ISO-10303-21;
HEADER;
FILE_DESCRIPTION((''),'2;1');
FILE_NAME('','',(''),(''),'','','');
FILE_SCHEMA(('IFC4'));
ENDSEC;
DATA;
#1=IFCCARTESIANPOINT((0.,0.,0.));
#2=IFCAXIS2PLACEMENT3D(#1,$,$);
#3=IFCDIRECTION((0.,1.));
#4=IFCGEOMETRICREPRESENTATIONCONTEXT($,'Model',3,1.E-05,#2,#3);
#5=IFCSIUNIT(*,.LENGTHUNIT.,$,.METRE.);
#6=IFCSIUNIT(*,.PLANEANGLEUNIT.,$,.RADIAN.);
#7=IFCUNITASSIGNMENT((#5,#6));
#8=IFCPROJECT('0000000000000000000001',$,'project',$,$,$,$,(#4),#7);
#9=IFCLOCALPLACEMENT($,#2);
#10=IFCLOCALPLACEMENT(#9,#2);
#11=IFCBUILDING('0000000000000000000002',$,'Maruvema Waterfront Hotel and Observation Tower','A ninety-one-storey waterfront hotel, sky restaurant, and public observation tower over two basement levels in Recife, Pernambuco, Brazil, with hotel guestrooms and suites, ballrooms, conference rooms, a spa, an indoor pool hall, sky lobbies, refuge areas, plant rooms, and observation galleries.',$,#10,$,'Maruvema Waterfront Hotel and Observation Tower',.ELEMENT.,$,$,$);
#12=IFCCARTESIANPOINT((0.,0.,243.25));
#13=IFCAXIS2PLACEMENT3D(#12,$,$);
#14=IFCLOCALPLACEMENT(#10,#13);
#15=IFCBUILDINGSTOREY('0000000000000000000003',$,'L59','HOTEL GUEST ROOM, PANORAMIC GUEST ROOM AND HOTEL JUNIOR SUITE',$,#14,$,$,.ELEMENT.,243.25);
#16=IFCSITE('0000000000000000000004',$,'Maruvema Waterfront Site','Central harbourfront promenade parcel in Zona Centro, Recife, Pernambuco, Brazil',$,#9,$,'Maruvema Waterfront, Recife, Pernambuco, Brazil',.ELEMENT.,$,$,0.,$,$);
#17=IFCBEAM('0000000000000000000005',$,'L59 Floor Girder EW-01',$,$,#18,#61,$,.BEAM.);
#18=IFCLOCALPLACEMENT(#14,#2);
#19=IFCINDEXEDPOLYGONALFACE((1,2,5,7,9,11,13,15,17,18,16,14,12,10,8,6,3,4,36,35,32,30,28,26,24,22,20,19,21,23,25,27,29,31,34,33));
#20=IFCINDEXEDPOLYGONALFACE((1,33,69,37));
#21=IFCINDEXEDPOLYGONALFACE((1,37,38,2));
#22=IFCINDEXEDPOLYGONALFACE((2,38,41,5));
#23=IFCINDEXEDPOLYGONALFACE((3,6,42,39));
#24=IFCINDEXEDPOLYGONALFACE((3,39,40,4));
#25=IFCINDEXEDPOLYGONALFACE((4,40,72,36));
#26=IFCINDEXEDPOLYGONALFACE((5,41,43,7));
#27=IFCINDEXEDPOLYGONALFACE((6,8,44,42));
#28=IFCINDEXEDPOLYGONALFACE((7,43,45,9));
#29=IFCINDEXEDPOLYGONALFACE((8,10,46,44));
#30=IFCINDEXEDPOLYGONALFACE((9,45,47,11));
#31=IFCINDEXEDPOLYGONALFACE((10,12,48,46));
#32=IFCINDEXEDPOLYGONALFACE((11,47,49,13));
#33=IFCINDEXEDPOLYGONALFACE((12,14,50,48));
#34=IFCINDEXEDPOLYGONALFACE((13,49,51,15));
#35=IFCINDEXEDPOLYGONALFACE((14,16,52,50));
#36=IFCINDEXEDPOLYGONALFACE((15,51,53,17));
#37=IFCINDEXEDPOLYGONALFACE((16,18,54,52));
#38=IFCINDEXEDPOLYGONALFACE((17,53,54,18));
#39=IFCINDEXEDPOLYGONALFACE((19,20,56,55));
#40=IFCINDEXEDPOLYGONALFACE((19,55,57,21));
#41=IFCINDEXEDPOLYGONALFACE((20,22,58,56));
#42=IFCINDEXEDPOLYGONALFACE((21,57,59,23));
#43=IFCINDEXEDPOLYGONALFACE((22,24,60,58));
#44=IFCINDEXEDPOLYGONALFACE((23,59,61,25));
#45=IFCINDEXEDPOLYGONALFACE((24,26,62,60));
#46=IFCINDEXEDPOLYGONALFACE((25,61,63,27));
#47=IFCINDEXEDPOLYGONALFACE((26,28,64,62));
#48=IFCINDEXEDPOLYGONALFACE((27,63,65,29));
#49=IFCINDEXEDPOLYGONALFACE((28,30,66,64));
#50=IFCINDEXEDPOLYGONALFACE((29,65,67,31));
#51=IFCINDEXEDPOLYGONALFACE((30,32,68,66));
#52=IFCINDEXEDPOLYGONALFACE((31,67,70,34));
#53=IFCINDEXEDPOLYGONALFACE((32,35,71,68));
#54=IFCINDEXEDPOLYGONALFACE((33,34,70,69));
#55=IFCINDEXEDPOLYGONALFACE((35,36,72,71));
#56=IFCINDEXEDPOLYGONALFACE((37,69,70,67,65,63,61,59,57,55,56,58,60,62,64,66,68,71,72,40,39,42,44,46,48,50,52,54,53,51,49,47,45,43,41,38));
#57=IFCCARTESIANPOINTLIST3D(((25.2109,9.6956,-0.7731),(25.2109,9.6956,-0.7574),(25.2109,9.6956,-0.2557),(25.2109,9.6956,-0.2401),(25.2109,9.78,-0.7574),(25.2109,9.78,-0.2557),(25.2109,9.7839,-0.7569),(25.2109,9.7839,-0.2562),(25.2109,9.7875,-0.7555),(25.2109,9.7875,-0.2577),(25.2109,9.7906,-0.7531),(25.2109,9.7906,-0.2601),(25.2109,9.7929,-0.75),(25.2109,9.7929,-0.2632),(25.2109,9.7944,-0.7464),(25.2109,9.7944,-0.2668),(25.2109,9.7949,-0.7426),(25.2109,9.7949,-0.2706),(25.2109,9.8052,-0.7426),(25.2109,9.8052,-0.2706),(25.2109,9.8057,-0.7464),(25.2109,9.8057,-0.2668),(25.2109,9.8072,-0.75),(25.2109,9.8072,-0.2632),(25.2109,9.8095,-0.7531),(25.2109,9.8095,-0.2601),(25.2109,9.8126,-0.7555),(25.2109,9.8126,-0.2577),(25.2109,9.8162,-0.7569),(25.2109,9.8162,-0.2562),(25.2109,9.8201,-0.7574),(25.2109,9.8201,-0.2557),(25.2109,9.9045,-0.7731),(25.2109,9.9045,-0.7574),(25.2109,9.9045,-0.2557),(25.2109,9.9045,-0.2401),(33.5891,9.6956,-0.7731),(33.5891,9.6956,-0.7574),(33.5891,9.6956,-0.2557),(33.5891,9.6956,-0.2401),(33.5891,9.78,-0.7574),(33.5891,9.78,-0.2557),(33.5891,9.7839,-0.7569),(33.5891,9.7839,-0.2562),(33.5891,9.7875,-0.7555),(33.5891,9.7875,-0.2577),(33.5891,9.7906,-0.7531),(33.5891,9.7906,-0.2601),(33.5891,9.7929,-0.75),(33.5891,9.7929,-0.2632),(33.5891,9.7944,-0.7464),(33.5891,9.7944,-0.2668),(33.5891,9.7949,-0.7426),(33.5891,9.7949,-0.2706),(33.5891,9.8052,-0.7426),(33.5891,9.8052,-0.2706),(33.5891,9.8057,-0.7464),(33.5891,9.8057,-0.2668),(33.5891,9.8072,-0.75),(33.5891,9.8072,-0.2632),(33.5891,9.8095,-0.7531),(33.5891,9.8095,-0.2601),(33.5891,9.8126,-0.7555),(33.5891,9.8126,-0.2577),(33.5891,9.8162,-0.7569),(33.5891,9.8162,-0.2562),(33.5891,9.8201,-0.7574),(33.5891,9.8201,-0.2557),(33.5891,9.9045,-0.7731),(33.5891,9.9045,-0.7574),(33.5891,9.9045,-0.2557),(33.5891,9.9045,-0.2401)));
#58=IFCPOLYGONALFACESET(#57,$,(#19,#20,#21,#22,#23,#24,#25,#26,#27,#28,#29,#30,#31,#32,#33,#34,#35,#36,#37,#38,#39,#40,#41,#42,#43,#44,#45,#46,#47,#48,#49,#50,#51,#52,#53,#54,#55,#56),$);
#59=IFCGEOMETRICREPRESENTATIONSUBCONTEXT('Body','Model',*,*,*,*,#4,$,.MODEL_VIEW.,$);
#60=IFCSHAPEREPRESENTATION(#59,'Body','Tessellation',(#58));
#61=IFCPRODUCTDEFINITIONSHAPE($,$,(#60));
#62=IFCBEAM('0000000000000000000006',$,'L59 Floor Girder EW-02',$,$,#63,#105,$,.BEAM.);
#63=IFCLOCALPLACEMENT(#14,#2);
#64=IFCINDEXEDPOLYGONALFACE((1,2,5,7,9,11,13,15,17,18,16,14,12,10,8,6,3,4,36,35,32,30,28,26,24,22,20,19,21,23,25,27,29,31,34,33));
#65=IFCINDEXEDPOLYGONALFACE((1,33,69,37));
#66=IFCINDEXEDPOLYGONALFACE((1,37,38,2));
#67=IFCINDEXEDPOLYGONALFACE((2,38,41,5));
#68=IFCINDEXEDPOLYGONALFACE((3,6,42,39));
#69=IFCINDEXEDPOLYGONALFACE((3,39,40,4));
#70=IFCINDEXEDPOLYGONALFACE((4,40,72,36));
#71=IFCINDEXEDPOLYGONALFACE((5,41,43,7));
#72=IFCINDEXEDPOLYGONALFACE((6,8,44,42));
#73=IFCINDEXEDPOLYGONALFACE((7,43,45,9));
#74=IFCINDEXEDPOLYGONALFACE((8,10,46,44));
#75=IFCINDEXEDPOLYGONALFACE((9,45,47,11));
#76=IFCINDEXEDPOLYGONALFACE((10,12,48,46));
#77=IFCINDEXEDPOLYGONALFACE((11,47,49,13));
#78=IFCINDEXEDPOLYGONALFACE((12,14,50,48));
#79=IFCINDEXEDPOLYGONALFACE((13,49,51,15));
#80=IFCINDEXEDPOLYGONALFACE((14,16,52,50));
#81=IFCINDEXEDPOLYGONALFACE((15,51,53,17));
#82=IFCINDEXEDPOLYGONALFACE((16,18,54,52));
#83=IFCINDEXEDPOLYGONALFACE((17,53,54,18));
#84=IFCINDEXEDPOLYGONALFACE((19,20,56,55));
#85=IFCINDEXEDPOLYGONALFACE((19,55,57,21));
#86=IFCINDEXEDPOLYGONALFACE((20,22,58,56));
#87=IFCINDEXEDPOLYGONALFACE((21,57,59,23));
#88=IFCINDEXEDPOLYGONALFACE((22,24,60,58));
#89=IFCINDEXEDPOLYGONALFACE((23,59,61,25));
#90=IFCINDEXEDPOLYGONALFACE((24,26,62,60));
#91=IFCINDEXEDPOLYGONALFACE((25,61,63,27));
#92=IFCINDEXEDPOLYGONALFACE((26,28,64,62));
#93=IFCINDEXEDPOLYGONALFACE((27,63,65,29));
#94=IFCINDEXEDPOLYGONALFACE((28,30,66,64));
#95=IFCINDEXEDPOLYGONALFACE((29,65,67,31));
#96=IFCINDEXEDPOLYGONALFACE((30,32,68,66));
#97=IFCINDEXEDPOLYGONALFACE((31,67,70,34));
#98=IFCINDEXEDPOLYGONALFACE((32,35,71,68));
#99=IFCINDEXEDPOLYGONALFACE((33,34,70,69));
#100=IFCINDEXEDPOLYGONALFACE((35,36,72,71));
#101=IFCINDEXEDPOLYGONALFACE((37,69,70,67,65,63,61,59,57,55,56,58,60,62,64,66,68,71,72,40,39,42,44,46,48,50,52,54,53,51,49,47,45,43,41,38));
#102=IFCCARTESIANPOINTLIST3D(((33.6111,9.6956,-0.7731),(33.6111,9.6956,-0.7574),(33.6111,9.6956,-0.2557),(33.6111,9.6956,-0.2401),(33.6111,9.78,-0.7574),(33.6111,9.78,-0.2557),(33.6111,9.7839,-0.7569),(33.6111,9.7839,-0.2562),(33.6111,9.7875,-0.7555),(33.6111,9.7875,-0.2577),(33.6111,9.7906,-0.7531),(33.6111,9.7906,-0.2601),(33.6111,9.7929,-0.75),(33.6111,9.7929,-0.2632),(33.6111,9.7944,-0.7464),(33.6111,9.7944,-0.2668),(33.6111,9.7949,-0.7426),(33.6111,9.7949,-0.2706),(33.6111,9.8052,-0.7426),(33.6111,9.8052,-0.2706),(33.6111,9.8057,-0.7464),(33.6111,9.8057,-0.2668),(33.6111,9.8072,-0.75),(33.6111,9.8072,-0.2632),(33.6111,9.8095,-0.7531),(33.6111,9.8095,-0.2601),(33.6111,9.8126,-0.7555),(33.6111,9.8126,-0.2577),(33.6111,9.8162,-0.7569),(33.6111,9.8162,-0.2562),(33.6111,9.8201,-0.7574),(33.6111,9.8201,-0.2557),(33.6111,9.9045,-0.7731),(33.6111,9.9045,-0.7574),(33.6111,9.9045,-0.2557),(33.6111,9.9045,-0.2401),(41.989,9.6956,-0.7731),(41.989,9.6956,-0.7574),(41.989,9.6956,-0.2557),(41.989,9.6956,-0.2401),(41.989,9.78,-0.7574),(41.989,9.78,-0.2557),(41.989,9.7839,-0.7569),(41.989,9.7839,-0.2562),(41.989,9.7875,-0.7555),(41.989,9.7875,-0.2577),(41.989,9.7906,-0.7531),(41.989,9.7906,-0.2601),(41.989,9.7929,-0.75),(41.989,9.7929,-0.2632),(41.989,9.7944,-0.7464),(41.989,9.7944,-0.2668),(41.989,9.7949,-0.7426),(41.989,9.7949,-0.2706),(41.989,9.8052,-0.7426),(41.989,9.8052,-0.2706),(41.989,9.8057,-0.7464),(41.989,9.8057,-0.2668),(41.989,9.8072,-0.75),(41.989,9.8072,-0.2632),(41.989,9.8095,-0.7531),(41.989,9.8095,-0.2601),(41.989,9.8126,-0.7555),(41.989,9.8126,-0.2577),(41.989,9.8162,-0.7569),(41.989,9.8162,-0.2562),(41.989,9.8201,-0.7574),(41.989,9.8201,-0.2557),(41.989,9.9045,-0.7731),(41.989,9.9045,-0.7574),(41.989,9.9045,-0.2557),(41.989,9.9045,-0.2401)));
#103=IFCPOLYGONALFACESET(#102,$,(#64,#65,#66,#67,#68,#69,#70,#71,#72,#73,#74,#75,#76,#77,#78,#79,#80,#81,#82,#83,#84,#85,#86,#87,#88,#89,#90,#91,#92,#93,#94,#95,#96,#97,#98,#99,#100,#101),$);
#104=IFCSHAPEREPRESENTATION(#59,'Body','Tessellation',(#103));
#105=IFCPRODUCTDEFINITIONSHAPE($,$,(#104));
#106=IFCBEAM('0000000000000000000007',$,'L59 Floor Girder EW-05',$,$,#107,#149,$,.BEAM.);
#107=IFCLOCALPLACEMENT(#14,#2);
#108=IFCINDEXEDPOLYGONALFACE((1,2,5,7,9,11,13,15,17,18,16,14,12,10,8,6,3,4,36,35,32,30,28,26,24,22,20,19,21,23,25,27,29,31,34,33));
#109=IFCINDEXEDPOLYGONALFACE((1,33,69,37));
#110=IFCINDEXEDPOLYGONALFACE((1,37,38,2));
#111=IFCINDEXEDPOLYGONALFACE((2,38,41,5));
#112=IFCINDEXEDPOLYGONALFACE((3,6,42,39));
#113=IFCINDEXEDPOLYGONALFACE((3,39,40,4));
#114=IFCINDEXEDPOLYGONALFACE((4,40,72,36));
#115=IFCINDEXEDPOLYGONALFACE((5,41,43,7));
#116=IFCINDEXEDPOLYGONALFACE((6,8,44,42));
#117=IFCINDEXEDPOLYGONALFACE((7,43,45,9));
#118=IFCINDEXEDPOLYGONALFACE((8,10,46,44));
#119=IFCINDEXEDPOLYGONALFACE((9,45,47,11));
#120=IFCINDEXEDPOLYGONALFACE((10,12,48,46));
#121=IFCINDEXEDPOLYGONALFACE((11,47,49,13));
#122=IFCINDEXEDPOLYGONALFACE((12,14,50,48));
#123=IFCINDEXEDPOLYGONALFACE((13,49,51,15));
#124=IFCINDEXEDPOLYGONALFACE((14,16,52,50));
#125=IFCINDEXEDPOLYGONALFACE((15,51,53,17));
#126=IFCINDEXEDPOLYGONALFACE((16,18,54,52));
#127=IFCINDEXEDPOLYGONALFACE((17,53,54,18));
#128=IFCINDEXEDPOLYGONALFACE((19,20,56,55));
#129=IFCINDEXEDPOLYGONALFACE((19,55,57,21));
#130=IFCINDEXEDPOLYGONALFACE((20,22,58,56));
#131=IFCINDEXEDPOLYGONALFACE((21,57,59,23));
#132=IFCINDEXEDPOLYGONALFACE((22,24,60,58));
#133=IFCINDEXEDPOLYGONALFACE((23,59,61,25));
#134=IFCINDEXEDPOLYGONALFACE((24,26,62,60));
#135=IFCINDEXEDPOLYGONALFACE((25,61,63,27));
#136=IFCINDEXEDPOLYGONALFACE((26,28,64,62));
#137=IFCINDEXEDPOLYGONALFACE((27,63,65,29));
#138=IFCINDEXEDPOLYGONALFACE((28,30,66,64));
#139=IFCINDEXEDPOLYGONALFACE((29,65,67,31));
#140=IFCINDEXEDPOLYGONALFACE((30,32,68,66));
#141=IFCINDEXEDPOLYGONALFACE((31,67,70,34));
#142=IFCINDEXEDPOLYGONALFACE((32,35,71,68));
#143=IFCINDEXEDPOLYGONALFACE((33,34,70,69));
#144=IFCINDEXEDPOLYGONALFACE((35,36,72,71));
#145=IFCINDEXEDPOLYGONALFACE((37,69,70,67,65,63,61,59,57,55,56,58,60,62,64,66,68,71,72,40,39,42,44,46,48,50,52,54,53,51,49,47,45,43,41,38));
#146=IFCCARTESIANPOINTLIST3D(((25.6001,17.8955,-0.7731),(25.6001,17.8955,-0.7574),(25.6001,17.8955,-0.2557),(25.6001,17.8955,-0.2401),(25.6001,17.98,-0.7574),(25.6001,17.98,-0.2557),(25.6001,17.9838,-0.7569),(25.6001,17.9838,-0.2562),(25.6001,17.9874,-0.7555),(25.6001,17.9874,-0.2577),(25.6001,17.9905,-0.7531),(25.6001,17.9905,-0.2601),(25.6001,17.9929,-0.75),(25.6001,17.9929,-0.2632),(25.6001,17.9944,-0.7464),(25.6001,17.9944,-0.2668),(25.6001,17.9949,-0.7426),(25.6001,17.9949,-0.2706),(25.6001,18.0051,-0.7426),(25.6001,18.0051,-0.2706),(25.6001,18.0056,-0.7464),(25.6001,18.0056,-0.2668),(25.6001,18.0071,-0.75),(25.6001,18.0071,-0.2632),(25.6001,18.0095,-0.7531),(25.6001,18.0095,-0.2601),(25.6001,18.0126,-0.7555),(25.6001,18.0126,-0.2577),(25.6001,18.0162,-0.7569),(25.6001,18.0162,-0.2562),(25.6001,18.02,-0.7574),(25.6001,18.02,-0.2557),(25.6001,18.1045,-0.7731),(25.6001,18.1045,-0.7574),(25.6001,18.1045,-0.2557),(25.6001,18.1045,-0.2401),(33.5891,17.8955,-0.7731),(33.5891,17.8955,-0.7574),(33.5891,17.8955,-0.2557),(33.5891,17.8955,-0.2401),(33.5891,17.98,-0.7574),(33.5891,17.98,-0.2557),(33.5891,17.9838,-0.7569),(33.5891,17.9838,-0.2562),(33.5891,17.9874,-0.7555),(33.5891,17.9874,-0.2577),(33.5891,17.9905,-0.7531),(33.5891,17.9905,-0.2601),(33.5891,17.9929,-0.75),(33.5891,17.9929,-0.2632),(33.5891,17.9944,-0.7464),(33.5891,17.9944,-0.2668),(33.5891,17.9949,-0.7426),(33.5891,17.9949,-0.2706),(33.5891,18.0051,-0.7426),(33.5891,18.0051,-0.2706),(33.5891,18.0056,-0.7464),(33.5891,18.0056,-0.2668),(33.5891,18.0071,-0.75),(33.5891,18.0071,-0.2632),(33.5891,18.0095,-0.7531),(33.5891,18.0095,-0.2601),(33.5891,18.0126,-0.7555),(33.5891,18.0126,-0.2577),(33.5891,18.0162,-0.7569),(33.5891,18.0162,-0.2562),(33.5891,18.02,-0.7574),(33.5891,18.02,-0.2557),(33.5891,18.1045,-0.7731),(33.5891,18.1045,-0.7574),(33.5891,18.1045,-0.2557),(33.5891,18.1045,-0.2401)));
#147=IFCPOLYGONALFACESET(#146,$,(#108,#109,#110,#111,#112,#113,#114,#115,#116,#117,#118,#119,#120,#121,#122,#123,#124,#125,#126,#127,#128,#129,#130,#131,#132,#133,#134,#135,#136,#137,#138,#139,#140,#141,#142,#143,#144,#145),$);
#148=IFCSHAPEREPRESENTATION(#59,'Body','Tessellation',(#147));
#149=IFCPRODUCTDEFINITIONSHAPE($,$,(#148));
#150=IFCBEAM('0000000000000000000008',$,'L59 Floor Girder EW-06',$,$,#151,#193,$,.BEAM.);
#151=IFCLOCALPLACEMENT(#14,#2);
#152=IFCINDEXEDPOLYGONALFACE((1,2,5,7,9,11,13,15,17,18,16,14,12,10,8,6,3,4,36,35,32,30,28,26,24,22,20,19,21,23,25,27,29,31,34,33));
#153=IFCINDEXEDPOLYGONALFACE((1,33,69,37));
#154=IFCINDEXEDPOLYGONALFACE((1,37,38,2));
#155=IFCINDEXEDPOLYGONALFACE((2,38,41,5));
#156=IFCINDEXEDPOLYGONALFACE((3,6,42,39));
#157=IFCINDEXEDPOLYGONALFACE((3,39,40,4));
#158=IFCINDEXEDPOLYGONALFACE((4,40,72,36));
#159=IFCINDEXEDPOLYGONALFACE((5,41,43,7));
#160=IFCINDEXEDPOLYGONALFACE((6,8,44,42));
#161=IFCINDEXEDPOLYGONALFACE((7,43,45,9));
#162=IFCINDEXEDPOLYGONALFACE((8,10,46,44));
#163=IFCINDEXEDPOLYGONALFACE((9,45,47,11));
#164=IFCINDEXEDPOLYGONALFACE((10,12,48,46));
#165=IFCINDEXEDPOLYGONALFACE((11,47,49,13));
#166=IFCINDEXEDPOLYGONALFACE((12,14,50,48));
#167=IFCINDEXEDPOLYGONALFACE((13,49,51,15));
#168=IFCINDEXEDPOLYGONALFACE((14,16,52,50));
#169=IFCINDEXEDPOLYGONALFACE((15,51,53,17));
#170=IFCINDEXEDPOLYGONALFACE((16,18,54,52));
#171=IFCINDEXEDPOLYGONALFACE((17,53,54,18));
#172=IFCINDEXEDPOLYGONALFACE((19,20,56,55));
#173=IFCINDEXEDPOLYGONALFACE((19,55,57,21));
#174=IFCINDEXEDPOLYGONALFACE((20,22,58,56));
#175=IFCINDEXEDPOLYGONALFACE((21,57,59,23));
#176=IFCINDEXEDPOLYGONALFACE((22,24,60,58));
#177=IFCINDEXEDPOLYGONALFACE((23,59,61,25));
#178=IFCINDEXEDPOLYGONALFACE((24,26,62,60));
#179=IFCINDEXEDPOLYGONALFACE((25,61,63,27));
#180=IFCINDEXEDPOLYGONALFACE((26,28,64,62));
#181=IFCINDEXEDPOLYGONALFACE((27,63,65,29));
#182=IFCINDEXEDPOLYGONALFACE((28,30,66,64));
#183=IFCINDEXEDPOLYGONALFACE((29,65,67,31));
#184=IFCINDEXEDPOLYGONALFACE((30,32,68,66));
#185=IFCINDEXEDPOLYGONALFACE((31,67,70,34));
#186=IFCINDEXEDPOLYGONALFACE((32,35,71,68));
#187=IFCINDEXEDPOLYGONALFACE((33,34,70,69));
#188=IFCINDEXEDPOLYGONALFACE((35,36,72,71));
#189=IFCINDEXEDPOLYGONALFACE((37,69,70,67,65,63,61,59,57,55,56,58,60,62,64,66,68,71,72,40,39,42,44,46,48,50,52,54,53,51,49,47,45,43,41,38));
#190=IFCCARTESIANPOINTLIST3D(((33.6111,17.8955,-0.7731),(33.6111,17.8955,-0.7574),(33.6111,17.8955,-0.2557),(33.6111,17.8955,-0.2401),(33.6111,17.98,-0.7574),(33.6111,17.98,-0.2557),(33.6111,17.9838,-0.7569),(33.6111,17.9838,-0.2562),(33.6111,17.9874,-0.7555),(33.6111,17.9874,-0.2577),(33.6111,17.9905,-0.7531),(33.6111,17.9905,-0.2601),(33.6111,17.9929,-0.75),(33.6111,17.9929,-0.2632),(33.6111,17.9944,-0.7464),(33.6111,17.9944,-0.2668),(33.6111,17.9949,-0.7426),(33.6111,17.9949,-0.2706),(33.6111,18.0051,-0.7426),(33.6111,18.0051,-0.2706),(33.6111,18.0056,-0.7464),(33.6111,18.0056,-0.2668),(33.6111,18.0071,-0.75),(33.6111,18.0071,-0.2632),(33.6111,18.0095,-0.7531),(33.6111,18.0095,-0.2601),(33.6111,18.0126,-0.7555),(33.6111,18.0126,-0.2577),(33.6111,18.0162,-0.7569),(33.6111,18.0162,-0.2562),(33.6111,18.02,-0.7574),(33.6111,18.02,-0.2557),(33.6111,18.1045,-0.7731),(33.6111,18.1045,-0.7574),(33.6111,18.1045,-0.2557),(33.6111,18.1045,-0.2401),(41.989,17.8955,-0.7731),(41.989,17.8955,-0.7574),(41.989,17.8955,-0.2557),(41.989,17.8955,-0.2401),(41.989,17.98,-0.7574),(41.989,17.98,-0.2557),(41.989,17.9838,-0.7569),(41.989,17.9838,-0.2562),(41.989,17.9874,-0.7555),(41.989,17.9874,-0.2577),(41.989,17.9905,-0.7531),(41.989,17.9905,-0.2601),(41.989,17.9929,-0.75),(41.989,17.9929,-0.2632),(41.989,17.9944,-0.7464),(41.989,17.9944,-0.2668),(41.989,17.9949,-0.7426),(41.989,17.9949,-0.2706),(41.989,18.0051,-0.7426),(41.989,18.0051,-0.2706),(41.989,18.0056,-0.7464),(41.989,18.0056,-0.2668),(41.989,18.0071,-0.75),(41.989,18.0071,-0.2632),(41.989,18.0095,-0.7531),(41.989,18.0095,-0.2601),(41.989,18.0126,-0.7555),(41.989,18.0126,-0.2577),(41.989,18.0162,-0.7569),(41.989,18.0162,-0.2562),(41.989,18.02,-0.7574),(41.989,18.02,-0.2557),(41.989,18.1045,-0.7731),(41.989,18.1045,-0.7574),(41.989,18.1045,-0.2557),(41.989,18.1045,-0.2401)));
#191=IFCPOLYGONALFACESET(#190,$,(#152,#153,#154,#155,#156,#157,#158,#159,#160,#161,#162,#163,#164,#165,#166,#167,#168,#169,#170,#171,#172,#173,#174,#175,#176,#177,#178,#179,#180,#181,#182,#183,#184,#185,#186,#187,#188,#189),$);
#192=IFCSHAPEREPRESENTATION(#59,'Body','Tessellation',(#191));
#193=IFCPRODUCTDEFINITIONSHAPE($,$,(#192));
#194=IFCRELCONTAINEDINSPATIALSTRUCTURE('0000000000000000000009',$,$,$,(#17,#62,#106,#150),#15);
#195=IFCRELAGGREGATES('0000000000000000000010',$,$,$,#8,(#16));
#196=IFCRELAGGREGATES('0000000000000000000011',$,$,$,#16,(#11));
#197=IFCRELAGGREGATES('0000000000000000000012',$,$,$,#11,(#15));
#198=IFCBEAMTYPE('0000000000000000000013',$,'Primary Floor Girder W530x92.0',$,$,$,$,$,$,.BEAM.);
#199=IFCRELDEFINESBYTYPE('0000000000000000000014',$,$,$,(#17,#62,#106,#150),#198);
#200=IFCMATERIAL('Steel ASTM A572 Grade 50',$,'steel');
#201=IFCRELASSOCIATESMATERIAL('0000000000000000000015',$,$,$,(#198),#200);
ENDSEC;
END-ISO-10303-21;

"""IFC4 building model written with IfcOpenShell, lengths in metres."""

from ifc_helpers import new_model, si_unit, direction, frame, origin, origin_2d, place, context, subcontext, project, spatial, i_section, extrude, material, material_profile, profile_set, type_object, element, save


model = new_model("IFC4")

# Units and contexts
model_context = context("Model", 3, precision=1e-05, world=origin(), true_north=direction((0.0, 1.0)))
body_context = subcontext(model_context, "Body", "Model", "MODEL_VIEW")
ifc_project = project(units=[si_unit("LENGTHUNIT", "METRE"), si_unit("PLANEANGLEUNIT", "RADIAN")], contexts=[model_context])

# Site, building, storey
site_placement = place(None, origin())
site = spatial("IfcSite", under=ifc_project, at=site_placement, Name="Maruvema Waterfront Site", Description="Central harbourfront promenade parcel in Zona Centro, Recife, Pernambuco, Brazil", LongName="Maruvema Waterfront, Recife, Pernambuco, Brazil", CompositionType="ELEMENT", RefElevation=0.0)
building_placement = place(site_placement, origin())
building = spatial("IfcBuilding", under=site, at=building_placement, Name="Maruvema Waterfront Hotel and Observation Tower", Description="A ninety-one-storey waterfront hotel, sky restaurant, and public observation tower over two basement levels in Recife, Pernambuco, Brazil, with hotel guestrooms and suites, ballrooms, conference rooms, a spa, an indoor pool hall, sky lobbies, refuge areas, plant rooms, and observation galleries.", LongName="Maruvema Waterfront Hotel and Observation Tower", CompositionType="ELEMENT")
storey_placement = place(building_placement, frame((0.0, 0.0, 243.25)))
storey = spatial("IfcBuildingStorey", under=building, at=storey_placement, Name="L59", Description="HOTEL GUEST ROOM, PANORAMIC GUEST ROOM AND HOTEL JUNIOR SUITE", CompositionType="ELEMENT", Elevation=243.25)

# Beams
ifc_material_1 = material(Name="Steel ASTM A572 Grade 50", Category="steel")
ifc_material_profile_1 = material_profile(ifc_material_1, i_section(OverallWidth=0.209, OverallDepth=0.533, WebThickness=0.0103, FlangeThickness=0.0156, FilletRadius=0.0149, at=origin_2d()), Name="W530x92.0")
ifc_profile_set_1 = profile_set([ifc_material_profile_1], Name="Steel ASTM A572 Grade 50")
beam_type_1 = type_object("IfcBeamType", Name="Primary Floor Girder W530x92.0", PredefinedType="BEAM", material=ifc_profile_set_1)
beam_1_placement = place(storey_placement, frame((25.2109, 9.8, -0.5066), z_axis=(1.0, 0.0, 0.0), x_axis=(0.0, 1.0, 0.0)))
element("IfcBeam", 1, at=beam_1_placement, inside=storey, type_object=beam_type_1, Name="L59 Floor Girder EW-01", PredefinedType="BEAM", context=body_context, shape_type="SweptSolid", body=[
    extrude(i_section(OverallWidth=0.209, OverallDepth=0.533, WebThickness=0.0103, FlangeThickness=0.0156, FilletRadius=0.0149, at=origin_2d()), origin(), (0.0, 0.0, 1.0), 8.3782),
])
beam_2_placement = place(storey_placement, frame((33.6111, 9.8, -0.5066), z_axis=(1.0, 0.0, 0.0), x_axis=(0.0, 1.0, 0.0)))
element("IfcBeam", 2, at=beam_2_placement, inside=storey, type_object=beam_type_1, Name="L59 Floor Girder EW-02", PredefinedType="BEAM", context=body_context, shape_type="SweptSolid", body=[
    extrude(i_section(OverallWidth=0.209, OverallDepth=0.533, WebThickness=0.0103, FlangeThickness=0.0156, FilletRadius=0.0149, at=origin_2d()), origin(), (0.0, 0.0, 1.0), 8.3779),
])
beam_3_placement = place(storey_placement, frame((25.6001, 18.0, -0.5066), z_axis=(1.0, 0.0, 0.0), x_axis=(0.0, 1.0, 0.0)))
element("IfcBeam", 3, at=beam_3_placement, inside=storey, type_object=beam_type_1, Name="L59 Floor Girder EW-05", PredefinedType="BEAM", context=body_context, shape_type="SweptSolid", body=[
    extrude(i_section(OverallWidth=0.209, OverallDepth=0.533, WebThickness=0.0103, FlangeThickness=0.0156, FilletRadius=0.0149, at=origin_2d()), origin(), (0.0, 0.0, 1.0), 7.989),
])
beam_4_placement = place(storey_placement, frame((33.6111, 18.0, -0.5066), z_axis=(1.0, 0.0, 0.0), x_axis=(0.0, 1.0, 0.0)))
element("IfcBeam", 4, at=beam_4_placement, inside=storey, type_object=beam_type_1, Name="L59 Floor Girder EW-06", PredefinedType="BEAM", context=body_context, shape_type="SweptSolid", body=[
    extrude(i_section(OverallWidth=0.209, OverallDepth=0.533, WebThickness=0.0103, FlangeThickness=0.0156, FilletRadius=0.0149, at=origin_2d()), origin(), (0.0, 0.0, 1.0), 8.3779),
])

save(model, "model.ifc")
